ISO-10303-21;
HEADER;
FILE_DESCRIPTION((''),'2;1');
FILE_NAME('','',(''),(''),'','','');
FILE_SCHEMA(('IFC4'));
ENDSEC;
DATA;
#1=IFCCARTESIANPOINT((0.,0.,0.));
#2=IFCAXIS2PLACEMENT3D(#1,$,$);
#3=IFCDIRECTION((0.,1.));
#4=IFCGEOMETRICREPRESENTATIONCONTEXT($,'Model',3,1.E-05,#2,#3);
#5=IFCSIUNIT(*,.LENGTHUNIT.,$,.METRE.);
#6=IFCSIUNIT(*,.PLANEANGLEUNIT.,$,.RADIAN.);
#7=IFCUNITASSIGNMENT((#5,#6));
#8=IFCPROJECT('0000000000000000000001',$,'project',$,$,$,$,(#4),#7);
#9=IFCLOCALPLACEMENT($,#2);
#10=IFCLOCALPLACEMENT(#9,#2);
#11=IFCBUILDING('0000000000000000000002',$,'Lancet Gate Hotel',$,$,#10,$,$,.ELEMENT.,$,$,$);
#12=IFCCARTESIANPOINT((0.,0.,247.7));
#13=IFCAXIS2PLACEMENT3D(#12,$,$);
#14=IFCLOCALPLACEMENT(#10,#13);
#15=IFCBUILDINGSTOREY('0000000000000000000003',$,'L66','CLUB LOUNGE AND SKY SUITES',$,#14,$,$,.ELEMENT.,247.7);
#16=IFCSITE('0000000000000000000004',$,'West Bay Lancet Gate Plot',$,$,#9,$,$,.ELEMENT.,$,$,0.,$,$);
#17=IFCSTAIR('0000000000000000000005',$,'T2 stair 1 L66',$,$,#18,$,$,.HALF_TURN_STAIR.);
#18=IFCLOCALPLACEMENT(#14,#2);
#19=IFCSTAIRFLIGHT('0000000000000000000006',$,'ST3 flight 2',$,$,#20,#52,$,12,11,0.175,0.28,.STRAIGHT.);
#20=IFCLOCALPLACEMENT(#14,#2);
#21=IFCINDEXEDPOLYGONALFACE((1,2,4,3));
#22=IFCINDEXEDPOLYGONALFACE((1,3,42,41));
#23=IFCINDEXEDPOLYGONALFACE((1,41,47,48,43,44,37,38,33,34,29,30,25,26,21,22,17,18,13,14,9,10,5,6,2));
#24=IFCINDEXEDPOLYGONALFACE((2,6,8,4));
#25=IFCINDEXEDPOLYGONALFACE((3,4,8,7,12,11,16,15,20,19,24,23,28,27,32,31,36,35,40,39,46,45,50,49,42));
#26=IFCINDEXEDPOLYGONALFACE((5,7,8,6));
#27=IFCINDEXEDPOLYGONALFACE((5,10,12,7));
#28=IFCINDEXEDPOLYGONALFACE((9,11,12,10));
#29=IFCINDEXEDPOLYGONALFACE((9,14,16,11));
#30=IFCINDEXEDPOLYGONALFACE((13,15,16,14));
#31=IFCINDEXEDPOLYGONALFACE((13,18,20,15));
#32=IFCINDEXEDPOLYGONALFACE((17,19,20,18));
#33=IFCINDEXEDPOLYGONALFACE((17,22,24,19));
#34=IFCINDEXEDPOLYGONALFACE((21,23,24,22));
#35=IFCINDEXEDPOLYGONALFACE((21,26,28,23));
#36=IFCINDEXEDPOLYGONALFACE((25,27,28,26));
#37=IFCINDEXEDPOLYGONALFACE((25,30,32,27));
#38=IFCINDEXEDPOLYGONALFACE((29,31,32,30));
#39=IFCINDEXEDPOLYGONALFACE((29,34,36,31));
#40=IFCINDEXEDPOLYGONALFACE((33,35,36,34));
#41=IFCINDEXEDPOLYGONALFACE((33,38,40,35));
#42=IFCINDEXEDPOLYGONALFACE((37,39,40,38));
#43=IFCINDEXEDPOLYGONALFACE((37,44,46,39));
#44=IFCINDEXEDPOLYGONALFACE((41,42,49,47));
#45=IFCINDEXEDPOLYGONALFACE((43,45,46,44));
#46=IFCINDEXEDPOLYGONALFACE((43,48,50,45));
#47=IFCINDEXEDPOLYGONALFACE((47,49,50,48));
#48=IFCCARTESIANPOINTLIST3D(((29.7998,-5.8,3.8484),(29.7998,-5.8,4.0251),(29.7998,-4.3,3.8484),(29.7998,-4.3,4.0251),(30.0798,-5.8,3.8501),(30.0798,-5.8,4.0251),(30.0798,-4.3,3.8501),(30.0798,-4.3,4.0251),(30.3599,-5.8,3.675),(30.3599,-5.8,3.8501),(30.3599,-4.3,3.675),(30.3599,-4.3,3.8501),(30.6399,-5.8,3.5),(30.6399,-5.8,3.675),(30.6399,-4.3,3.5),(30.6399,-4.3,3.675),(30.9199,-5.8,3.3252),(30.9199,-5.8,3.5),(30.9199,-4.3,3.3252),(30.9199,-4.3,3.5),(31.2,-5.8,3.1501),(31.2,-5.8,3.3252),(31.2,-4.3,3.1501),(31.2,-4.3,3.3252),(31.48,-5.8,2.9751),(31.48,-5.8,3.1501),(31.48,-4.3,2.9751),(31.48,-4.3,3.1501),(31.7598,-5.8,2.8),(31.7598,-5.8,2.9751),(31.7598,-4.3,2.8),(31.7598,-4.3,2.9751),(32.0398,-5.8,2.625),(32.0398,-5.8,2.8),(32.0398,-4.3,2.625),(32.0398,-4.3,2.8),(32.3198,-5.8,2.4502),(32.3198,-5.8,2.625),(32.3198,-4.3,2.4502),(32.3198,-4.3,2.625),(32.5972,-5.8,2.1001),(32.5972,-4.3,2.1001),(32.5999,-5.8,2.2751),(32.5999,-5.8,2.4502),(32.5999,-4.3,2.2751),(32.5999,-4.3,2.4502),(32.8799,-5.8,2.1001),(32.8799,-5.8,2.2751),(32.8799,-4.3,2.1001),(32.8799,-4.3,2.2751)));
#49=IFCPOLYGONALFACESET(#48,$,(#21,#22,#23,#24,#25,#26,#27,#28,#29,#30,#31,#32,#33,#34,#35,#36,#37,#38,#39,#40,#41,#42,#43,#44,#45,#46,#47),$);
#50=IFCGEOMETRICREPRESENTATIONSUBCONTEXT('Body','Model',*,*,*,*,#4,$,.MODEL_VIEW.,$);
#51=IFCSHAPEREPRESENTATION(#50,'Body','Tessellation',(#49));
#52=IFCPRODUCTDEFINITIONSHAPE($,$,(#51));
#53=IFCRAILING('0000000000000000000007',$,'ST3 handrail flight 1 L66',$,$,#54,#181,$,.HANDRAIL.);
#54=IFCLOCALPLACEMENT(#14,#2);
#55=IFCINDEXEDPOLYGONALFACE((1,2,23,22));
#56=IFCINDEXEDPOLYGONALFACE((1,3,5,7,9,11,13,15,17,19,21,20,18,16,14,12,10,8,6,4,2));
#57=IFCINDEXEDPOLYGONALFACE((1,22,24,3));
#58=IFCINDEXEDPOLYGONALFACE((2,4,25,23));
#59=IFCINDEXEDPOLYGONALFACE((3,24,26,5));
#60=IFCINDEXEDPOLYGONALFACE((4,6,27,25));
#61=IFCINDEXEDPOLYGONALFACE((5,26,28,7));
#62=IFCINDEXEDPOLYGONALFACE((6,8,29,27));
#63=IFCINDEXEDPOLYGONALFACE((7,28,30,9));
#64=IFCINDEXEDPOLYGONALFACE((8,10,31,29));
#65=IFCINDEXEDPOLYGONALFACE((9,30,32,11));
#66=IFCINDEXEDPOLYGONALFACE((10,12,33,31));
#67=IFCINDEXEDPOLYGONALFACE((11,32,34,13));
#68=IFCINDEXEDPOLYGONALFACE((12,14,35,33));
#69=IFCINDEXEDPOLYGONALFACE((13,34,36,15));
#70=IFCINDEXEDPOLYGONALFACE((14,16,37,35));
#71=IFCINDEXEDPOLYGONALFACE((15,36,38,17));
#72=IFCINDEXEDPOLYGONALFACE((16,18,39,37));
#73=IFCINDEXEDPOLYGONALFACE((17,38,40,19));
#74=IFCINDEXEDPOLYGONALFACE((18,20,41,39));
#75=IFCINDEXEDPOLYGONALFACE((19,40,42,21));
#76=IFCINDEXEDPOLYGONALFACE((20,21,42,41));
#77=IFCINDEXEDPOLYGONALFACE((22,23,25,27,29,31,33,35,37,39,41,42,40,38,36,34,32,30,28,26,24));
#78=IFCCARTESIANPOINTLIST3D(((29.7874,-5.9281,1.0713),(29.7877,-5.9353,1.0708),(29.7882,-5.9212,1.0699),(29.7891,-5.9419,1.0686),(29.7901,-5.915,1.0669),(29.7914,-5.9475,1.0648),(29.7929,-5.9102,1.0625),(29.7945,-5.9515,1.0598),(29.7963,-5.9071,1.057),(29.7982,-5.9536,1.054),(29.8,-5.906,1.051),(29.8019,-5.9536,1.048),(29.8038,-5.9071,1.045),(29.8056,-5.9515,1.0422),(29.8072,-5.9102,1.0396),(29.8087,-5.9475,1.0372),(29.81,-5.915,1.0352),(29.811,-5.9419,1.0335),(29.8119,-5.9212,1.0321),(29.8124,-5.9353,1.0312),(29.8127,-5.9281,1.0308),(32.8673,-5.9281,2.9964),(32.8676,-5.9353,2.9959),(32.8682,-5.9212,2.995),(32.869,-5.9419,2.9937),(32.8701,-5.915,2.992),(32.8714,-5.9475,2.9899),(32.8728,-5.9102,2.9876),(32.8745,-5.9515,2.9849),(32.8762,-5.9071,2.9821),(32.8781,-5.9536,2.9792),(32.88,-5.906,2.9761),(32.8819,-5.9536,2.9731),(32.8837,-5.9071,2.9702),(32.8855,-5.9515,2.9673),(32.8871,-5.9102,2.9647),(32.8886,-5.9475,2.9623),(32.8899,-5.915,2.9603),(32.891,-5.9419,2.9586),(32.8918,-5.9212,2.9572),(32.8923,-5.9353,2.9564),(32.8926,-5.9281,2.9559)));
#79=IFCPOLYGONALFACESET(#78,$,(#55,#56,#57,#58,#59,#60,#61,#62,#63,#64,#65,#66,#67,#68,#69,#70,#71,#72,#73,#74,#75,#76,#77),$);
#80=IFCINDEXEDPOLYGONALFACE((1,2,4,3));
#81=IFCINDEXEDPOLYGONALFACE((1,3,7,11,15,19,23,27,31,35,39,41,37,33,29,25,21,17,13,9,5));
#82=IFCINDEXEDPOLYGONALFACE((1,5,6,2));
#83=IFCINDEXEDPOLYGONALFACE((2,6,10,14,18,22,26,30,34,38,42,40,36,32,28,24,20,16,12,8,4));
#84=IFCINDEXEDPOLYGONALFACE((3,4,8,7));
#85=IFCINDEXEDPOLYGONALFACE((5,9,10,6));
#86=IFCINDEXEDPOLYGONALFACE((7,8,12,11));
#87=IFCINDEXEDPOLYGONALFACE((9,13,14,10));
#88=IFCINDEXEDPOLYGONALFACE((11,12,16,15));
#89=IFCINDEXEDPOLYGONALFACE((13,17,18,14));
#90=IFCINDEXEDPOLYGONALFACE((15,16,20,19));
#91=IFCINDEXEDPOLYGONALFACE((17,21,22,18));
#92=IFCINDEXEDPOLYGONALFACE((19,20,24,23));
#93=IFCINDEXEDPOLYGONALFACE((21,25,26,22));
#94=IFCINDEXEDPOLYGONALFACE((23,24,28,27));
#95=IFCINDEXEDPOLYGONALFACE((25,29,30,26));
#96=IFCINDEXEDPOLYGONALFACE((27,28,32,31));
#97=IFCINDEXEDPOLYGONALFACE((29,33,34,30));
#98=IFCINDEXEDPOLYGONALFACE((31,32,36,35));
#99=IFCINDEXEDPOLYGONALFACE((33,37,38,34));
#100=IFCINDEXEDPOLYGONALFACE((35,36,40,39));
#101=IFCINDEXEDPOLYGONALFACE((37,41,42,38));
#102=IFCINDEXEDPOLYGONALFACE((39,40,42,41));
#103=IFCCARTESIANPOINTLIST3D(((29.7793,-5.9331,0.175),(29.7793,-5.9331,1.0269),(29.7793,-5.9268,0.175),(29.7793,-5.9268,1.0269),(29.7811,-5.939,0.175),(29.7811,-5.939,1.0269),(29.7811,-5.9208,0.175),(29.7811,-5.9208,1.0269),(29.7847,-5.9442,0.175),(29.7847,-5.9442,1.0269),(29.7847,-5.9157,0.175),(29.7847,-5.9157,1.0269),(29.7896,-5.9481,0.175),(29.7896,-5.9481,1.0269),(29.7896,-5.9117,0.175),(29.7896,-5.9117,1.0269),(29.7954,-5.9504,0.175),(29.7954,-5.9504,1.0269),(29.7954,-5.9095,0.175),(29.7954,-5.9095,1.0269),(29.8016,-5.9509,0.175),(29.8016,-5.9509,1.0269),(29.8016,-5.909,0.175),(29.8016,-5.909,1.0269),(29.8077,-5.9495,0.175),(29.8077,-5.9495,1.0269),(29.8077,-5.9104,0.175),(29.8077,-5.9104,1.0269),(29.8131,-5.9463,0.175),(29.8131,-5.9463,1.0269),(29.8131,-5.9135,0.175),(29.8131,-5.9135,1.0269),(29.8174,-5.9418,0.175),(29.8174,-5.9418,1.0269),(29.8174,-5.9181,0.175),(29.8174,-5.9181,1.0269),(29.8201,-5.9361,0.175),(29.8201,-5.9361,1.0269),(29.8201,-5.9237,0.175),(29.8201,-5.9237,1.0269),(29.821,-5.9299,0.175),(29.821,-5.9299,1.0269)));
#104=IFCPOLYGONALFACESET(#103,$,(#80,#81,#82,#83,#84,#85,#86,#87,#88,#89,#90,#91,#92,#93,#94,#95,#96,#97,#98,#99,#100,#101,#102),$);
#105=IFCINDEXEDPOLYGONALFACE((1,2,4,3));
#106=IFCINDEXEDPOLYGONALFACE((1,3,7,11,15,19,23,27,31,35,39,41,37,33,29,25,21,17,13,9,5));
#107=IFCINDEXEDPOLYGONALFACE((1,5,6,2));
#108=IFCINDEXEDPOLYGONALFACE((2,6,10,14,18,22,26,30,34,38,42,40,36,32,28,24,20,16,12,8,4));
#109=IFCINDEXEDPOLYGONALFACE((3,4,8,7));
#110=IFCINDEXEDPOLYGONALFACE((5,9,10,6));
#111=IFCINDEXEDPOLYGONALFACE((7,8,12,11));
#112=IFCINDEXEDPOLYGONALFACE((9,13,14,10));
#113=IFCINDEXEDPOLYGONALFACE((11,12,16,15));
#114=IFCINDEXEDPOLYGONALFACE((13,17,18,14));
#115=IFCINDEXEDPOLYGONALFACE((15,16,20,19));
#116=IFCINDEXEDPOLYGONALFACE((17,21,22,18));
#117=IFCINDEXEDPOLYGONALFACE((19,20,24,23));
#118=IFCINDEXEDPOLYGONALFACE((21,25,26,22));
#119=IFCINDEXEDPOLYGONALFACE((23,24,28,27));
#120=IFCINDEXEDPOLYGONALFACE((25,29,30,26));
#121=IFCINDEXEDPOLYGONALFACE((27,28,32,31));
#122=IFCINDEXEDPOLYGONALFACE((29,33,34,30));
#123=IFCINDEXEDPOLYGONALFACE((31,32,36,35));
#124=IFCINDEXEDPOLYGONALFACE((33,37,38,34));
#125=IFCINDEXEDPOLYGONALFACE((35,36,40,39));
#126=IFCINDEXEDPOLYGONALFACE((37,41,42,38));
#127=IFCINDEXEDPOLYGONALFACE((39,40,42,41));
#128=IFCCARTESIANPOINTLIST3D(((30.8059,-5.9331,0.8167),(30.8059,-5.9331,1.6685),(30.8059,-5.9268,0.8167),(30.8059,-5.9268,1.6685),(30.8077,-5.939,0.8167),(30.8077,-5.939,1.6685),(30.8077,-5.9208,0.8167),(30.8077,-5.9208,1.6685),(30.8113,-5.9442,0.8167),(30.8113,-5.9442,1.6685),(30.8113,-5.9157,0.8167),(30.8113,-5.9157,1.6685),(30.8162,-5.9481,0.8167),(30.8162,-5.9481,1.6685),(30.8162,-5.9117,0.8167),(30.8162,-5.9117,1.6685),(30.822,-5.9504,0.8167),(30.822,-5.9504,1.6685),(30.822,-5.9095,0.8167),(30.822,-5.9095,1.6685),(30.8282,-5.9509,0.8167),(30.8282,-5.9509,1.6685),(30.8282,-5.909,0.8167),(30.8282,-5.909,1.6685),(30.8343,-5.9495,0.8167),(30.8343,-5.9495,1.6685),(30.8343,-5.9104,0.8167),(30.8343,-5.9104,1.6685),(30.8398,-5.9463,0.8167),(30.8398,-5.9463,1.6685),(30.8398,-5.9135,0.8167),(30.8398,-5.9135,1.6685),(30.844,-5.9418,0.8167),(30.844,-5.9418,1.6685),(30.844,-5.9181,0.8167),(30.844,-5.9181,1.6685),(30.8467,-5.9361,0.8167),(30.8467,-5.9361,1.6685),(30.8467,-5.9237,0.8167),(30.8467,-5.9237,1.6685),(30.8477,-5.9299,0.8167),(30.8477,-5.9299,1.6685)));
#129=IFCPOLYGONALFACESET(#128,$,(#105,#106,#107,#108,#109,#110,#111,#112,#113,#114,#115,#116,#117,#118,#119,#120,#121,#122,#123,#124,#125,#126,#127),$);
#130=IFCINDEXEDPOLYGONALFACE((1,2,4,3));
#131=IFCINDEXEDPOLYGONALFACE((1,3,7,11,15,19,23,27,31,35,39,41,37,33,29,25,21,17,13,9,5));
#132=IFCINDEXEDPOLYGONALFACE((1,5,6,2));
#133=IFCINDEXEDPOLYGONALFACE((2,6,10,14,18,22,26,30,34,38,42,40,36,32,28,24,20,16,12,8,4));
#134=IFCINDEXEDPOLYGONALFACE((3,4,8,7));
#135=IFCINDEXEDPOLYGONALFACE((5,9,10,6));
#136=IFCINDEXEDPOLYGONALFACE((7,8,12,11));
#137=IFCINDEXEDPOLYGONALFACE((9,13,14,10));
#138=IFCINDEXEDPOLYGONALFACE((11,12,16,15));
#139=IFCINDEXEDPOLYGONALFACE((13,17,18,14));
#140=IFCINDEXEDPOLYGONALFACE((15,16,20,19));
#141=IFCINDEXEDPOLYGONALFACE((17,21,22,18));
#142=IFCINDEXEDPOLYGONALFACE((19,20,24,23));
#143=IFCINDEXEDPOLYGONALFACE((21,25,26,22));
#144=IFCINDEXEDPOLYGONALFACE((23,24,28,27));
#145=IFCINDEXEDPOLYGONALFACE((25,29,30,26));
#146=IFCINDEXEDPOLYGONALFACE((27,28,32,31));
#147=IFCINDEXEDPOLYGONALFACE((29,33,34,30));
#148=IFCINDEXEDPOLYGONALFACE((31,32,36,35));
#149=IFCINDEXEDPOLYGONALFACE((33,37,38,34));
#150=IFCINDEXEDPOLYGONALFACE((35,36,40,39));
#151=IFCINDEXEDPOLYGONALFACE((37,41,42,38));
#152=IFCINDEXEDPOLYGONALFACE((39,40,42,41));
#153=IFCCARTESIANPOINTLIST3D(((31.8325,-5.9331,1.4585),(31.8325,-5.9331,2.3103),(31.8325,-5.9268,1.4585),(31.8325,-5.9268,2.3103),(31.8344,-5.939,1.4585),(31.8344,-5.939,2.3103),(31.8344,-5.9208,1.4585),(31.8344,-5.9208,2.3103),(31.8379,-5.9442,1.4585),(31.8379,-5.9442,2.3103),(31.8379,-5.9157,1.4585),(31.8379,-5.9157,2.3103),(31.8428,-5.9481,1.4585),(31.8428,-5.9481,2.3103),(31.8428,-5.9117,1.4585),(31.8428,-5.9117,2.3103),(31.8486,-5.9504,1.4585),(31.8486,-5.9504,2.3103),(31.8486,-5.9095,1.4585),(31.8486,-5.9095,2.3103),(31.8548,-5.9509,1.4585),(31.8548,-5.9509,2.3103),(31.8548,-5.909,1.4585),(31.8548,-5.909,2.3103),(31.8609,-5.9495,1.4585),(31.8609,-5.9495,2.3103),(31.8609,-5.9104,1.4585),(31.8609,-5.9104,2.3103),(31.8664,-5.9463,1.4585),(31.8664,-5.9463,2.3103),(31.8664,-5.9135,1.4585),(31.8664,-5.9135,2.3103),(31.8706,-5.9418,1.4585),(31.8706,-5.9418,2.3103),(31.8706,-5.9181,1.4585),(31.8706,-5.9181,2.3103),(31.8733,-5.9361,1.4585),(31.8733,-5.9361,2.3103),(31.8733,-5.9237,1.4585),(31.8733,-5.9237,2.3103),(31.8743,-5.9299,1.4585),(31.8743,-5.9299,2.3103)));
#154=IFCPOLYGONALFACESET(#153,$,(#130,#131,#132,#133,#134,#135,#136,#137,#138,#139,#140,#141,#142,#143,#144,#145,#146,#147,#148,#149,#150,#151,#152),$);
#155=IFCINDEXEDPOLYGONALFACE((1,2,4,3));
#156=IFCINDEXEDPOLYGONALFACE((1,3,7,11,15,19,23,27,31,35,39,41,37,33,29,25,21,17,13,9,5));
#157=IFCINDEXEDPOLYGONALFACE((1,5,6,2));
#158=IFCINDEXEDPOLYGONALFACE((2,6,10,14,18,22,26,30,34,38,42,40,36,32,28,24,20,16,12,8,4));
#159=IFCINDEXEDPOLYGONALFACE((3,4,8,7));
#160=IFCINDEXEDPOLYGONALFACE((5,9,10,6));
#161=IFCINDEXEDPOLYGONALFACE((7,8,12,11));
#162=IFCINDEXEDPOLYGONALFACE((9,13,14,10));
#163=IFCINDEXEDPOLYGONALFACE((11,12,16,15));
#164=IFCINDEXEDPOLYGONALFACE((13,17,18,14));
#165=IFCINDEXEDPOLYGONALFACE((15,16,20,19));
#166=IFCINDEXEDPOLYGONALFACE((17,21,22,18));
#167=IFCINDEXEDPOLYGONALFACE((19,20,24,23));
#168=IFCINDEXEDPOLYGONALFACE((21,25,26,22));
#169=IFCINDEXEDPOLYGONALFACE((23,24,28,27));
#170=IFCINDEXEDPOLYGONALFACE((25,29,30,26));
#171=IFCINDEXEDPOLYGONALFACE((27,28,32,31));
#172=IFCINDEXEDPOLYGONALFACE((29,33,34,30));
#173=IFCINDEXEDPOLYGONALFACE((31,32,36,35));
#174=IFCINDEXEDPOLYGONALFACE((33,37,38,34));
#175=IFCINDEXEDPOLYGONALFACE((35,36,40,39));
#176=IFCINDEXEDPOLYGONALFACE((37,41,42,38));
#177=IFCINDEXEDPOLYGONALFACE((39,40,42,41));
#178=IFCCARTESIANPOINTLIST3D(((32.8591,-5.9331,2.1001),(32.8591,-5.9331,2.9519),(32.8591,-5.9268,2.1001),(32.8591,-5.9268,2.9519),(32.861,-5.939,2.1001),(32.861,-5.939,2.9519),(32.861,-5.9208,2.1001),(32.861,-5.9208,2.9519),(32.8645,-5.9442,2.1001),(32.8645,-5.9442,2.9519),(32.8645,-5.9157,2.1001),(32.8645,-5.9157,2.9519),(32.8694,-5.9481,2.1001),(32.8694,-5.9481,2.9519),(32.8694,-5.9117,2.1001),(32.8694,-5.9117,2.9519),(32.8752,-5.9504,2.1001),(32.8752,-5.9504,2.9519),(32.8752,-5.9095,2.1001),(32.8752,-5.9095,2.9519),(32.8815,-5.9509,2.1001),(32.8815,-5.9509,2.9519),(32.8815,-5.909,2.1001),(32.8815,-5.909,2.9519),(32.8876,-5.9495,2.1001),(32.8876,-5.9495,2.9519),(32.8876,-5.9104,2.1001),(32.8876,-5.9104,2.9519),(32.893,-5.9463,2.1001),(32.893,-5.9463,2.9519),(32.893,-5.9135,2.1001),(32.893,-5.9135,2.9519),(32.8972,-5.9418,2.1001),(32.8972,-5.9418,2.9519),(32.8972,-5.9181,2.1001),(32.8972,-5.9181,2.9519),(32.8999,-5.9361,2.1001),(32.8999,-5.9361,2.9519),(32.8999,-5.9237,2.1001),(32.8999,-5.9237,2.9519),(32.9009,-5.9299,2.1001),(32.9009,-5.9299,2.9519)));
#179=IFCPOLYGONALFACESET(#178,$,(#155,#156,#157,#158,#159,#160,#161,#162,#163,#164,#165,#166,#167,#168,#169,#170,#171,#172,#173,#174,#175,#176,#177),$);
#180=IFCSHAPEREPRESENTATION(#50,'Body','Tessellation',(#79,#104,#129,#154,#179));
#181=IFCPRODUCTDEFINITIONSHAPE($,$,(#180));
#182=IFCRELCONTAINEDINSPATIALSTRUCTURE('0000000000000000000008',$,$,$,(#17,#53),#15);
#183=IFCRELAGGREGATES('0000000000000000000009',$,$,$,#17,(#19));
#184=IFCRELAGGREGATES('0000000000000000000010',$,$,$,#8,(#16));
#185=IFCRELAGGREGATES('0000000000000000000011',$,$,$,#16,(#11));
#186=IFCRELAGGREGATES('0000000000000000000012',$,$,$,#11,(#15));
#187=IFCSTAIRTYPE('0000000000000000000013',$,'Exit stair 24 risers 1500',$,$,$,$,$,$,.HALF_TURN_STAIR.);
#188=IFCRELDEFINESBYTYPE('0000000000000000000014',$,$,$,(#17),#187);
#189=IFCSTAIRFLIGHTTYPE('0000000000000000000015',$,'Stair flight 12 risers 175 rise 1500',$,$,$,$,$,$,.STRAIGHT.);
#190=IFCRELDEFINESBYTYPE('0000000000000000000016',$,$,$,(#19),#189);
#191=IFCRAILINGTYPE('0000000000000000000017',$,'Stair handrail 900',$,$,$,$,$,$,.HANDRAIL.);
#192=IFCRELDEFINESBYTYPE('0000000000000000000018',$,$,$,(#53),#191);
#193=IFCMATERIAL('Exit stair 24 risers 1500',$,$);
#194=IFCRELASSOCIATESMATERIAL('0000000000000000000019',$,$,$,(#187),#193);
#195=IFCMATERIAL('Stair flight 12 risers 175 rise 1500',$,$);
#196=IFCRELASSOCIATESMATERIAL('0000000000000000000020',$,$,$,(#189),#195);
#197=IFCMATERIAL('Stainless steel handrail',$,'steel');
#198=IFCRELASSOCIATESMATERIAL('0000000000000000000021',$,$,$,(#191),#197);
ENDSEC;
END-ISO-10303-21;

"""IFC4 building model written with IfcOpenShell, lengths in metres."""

from ifc_helpers import new_model, si_unit, direction, frame, origin, origin_2d, place, context, subcontext, project, spatial, polyline, circle, outline, extrude, material, type_object, element, aggregate, save


model = new_model("IFC4")

# Units and contexts
model_context = context("Model", 3, precision=1e-05, world=origin(), true_north=direction((0.0, 1.0)))
body_context = subcontext(model_context, "Body", "Model", "MODEL_VIEW")
ifc_project = project(units=[si_unit("LENGTHUNIT", "METRE"), si_unit("PLANEANGLEUNIT", "RADIAN")], contexts=[model_context])

# Site, building, storey
site_placement = place(None, origin())
site = spatial("IfcSite", under=ifc_project, at=site_placement, Name="West Bay Lancet Gate Plot", CompositionType="ELEMENT", RefElevation=0.0)
building_placement = place(site_placement, origin())
building = spatial("IfcBuilding", under=site, at=building_placement, Name="Lancet Gate Hotel", CompositionType="ELEMENT")
storey_placement = place(building_placement, frame((0.0, 0.0, 247.7)))
storey = spatial("IfcBuildingStorey", under=building, at=storey_placement, Name="L66", Description="CLUB LOUNGE AND SKY SUITES", CompositionType="ELEMENT", Elevation=247.7)

# Stair, stair flight
ifc_material_1 = material(Name="Exit stair 24 risers 1500")
stair_type = type_object("IfcStairType", Name="Exit stair 24 risers 1500", PredefinedType="HALF_TURN_STAIR", material=ifc_material_1)
stair_placement = place(storey_placement, origin())
stair = element("IfcStair", 1, at=stair_placement, inside=storey, type_object=stair_type, Name="T2 stair 1 L66", PredefinedType="HALF_TURN_STAIR")
ifc_material_2 = material(Name="Stair flight 12 risers 175 rise 1500")
stair_flight_type = type_object("IfcStairFlightType", Name="Stair flight 12 risers 175 rise 1500", PredefinedType="STRAIGHT", material=ifc_material_2)
stair_flight_1_placement = place(storey_placement, frame((32.8799, -5.05, 2.1001), z_axis=(0.0, 0.0, 1.0), x_axis=(-1.0, 0.0, 0.0)))
stair_flight_1 = element("IfcStairFlight", 2, at=stair_flight_1_placement, type_object=stair_flight_type, Name="ST3 flight 2", NumberOfRisers=12, NumberOfTreads=11, PredefinedType="STRAIGHT", RiserHeight=0.175, TreadLength=0.28, context=body_context, shape_type="SweptSolid", body=[
    extrude(outline(polyline([(0.0, 0.0), (0.0, 0.175), (0.28, 0.175), (0.28, 0.3501), (0.5601, 0.3501), (0.5601, 0.5249), (0.8401, 0.5249), (0.8401, 0.7), (1.1201, 0.7), (1.1201, 0.875), (1.3999, 0.875), (1.3999, 1.05), (1.6799, 1.05), (1.6799, 1.2251), (1.96, 1.2251), (1.96, 1.3999), (2.24, 1.3999), (2.24, 1.575), (2.52, 1.575), (2.52, 1.75), (2.8, 1.75), (2.8, 1.925), (3.0801, 1.925), (3.0801, 2.1001), (3.0801, 1.7483), (0.2827, 0.0), (0.0, 0.0)])), frame((0.0, 0.75, 0.0), z_axis=(0.0, -1.0, 0.0), x_axis=(1.0, 0.0, 0.0)), (0.0, 0.0, 1.0), 1.5),
])
aggregate(stair, [stair_flight_1])

# Railing
ifc_material_3 = material(Name="Stainless steel handrail", Category="steel")
railing_type = type_object("IfcRailingType", Name="Stair handrail 900", PredefinedType="HANDRAIL", material=ifc_material_3)
railing_1_placement = place(storey_placement, frame((29.8, -5.9299, 0.175)))
element("IfcRailing", 3, at=railing_1_placement, inside=storey, type_object=railing_type, Name="ST3 handrail flight 1 L66", PredefinedType="HANDRAIL", context=body_context, shape_type="SweptSolid", body=[
    extrude(circle(Radius=0.0239, at=origin_2d()), frame((0.0, 0.0, 0.876), z_axis=(0.847979, 0.0, 0.530029), x_axis=(0.0, 1.0, 0.0)), (0.0, 0.0, 1.0), 3.6321),
    extrude(circle(Radius=0.021, at=origin_2d()), origin(), (0.0, 0.0, 1.0), 0.8518),
    extrude(circle(Radius=0.021, at=origin_2d()), frame((1.0266, 0.0, 0.6416)), (0.0, 0.0, 1.0), 0.8518),
    extrude(circle(Radius=0.021, at=origin_2d()), frame((2.0532, 0.0, 1.2834)), (0.0, 0.0, 1.0), 0.8518),
    extrude(circle(Radius=0.021, at=origin_2d()), frame((3.0798, 0.0, 1.925)), (0.0, 0.0, 1.0), 0.8518),
])

save(model, "model.ifc")
